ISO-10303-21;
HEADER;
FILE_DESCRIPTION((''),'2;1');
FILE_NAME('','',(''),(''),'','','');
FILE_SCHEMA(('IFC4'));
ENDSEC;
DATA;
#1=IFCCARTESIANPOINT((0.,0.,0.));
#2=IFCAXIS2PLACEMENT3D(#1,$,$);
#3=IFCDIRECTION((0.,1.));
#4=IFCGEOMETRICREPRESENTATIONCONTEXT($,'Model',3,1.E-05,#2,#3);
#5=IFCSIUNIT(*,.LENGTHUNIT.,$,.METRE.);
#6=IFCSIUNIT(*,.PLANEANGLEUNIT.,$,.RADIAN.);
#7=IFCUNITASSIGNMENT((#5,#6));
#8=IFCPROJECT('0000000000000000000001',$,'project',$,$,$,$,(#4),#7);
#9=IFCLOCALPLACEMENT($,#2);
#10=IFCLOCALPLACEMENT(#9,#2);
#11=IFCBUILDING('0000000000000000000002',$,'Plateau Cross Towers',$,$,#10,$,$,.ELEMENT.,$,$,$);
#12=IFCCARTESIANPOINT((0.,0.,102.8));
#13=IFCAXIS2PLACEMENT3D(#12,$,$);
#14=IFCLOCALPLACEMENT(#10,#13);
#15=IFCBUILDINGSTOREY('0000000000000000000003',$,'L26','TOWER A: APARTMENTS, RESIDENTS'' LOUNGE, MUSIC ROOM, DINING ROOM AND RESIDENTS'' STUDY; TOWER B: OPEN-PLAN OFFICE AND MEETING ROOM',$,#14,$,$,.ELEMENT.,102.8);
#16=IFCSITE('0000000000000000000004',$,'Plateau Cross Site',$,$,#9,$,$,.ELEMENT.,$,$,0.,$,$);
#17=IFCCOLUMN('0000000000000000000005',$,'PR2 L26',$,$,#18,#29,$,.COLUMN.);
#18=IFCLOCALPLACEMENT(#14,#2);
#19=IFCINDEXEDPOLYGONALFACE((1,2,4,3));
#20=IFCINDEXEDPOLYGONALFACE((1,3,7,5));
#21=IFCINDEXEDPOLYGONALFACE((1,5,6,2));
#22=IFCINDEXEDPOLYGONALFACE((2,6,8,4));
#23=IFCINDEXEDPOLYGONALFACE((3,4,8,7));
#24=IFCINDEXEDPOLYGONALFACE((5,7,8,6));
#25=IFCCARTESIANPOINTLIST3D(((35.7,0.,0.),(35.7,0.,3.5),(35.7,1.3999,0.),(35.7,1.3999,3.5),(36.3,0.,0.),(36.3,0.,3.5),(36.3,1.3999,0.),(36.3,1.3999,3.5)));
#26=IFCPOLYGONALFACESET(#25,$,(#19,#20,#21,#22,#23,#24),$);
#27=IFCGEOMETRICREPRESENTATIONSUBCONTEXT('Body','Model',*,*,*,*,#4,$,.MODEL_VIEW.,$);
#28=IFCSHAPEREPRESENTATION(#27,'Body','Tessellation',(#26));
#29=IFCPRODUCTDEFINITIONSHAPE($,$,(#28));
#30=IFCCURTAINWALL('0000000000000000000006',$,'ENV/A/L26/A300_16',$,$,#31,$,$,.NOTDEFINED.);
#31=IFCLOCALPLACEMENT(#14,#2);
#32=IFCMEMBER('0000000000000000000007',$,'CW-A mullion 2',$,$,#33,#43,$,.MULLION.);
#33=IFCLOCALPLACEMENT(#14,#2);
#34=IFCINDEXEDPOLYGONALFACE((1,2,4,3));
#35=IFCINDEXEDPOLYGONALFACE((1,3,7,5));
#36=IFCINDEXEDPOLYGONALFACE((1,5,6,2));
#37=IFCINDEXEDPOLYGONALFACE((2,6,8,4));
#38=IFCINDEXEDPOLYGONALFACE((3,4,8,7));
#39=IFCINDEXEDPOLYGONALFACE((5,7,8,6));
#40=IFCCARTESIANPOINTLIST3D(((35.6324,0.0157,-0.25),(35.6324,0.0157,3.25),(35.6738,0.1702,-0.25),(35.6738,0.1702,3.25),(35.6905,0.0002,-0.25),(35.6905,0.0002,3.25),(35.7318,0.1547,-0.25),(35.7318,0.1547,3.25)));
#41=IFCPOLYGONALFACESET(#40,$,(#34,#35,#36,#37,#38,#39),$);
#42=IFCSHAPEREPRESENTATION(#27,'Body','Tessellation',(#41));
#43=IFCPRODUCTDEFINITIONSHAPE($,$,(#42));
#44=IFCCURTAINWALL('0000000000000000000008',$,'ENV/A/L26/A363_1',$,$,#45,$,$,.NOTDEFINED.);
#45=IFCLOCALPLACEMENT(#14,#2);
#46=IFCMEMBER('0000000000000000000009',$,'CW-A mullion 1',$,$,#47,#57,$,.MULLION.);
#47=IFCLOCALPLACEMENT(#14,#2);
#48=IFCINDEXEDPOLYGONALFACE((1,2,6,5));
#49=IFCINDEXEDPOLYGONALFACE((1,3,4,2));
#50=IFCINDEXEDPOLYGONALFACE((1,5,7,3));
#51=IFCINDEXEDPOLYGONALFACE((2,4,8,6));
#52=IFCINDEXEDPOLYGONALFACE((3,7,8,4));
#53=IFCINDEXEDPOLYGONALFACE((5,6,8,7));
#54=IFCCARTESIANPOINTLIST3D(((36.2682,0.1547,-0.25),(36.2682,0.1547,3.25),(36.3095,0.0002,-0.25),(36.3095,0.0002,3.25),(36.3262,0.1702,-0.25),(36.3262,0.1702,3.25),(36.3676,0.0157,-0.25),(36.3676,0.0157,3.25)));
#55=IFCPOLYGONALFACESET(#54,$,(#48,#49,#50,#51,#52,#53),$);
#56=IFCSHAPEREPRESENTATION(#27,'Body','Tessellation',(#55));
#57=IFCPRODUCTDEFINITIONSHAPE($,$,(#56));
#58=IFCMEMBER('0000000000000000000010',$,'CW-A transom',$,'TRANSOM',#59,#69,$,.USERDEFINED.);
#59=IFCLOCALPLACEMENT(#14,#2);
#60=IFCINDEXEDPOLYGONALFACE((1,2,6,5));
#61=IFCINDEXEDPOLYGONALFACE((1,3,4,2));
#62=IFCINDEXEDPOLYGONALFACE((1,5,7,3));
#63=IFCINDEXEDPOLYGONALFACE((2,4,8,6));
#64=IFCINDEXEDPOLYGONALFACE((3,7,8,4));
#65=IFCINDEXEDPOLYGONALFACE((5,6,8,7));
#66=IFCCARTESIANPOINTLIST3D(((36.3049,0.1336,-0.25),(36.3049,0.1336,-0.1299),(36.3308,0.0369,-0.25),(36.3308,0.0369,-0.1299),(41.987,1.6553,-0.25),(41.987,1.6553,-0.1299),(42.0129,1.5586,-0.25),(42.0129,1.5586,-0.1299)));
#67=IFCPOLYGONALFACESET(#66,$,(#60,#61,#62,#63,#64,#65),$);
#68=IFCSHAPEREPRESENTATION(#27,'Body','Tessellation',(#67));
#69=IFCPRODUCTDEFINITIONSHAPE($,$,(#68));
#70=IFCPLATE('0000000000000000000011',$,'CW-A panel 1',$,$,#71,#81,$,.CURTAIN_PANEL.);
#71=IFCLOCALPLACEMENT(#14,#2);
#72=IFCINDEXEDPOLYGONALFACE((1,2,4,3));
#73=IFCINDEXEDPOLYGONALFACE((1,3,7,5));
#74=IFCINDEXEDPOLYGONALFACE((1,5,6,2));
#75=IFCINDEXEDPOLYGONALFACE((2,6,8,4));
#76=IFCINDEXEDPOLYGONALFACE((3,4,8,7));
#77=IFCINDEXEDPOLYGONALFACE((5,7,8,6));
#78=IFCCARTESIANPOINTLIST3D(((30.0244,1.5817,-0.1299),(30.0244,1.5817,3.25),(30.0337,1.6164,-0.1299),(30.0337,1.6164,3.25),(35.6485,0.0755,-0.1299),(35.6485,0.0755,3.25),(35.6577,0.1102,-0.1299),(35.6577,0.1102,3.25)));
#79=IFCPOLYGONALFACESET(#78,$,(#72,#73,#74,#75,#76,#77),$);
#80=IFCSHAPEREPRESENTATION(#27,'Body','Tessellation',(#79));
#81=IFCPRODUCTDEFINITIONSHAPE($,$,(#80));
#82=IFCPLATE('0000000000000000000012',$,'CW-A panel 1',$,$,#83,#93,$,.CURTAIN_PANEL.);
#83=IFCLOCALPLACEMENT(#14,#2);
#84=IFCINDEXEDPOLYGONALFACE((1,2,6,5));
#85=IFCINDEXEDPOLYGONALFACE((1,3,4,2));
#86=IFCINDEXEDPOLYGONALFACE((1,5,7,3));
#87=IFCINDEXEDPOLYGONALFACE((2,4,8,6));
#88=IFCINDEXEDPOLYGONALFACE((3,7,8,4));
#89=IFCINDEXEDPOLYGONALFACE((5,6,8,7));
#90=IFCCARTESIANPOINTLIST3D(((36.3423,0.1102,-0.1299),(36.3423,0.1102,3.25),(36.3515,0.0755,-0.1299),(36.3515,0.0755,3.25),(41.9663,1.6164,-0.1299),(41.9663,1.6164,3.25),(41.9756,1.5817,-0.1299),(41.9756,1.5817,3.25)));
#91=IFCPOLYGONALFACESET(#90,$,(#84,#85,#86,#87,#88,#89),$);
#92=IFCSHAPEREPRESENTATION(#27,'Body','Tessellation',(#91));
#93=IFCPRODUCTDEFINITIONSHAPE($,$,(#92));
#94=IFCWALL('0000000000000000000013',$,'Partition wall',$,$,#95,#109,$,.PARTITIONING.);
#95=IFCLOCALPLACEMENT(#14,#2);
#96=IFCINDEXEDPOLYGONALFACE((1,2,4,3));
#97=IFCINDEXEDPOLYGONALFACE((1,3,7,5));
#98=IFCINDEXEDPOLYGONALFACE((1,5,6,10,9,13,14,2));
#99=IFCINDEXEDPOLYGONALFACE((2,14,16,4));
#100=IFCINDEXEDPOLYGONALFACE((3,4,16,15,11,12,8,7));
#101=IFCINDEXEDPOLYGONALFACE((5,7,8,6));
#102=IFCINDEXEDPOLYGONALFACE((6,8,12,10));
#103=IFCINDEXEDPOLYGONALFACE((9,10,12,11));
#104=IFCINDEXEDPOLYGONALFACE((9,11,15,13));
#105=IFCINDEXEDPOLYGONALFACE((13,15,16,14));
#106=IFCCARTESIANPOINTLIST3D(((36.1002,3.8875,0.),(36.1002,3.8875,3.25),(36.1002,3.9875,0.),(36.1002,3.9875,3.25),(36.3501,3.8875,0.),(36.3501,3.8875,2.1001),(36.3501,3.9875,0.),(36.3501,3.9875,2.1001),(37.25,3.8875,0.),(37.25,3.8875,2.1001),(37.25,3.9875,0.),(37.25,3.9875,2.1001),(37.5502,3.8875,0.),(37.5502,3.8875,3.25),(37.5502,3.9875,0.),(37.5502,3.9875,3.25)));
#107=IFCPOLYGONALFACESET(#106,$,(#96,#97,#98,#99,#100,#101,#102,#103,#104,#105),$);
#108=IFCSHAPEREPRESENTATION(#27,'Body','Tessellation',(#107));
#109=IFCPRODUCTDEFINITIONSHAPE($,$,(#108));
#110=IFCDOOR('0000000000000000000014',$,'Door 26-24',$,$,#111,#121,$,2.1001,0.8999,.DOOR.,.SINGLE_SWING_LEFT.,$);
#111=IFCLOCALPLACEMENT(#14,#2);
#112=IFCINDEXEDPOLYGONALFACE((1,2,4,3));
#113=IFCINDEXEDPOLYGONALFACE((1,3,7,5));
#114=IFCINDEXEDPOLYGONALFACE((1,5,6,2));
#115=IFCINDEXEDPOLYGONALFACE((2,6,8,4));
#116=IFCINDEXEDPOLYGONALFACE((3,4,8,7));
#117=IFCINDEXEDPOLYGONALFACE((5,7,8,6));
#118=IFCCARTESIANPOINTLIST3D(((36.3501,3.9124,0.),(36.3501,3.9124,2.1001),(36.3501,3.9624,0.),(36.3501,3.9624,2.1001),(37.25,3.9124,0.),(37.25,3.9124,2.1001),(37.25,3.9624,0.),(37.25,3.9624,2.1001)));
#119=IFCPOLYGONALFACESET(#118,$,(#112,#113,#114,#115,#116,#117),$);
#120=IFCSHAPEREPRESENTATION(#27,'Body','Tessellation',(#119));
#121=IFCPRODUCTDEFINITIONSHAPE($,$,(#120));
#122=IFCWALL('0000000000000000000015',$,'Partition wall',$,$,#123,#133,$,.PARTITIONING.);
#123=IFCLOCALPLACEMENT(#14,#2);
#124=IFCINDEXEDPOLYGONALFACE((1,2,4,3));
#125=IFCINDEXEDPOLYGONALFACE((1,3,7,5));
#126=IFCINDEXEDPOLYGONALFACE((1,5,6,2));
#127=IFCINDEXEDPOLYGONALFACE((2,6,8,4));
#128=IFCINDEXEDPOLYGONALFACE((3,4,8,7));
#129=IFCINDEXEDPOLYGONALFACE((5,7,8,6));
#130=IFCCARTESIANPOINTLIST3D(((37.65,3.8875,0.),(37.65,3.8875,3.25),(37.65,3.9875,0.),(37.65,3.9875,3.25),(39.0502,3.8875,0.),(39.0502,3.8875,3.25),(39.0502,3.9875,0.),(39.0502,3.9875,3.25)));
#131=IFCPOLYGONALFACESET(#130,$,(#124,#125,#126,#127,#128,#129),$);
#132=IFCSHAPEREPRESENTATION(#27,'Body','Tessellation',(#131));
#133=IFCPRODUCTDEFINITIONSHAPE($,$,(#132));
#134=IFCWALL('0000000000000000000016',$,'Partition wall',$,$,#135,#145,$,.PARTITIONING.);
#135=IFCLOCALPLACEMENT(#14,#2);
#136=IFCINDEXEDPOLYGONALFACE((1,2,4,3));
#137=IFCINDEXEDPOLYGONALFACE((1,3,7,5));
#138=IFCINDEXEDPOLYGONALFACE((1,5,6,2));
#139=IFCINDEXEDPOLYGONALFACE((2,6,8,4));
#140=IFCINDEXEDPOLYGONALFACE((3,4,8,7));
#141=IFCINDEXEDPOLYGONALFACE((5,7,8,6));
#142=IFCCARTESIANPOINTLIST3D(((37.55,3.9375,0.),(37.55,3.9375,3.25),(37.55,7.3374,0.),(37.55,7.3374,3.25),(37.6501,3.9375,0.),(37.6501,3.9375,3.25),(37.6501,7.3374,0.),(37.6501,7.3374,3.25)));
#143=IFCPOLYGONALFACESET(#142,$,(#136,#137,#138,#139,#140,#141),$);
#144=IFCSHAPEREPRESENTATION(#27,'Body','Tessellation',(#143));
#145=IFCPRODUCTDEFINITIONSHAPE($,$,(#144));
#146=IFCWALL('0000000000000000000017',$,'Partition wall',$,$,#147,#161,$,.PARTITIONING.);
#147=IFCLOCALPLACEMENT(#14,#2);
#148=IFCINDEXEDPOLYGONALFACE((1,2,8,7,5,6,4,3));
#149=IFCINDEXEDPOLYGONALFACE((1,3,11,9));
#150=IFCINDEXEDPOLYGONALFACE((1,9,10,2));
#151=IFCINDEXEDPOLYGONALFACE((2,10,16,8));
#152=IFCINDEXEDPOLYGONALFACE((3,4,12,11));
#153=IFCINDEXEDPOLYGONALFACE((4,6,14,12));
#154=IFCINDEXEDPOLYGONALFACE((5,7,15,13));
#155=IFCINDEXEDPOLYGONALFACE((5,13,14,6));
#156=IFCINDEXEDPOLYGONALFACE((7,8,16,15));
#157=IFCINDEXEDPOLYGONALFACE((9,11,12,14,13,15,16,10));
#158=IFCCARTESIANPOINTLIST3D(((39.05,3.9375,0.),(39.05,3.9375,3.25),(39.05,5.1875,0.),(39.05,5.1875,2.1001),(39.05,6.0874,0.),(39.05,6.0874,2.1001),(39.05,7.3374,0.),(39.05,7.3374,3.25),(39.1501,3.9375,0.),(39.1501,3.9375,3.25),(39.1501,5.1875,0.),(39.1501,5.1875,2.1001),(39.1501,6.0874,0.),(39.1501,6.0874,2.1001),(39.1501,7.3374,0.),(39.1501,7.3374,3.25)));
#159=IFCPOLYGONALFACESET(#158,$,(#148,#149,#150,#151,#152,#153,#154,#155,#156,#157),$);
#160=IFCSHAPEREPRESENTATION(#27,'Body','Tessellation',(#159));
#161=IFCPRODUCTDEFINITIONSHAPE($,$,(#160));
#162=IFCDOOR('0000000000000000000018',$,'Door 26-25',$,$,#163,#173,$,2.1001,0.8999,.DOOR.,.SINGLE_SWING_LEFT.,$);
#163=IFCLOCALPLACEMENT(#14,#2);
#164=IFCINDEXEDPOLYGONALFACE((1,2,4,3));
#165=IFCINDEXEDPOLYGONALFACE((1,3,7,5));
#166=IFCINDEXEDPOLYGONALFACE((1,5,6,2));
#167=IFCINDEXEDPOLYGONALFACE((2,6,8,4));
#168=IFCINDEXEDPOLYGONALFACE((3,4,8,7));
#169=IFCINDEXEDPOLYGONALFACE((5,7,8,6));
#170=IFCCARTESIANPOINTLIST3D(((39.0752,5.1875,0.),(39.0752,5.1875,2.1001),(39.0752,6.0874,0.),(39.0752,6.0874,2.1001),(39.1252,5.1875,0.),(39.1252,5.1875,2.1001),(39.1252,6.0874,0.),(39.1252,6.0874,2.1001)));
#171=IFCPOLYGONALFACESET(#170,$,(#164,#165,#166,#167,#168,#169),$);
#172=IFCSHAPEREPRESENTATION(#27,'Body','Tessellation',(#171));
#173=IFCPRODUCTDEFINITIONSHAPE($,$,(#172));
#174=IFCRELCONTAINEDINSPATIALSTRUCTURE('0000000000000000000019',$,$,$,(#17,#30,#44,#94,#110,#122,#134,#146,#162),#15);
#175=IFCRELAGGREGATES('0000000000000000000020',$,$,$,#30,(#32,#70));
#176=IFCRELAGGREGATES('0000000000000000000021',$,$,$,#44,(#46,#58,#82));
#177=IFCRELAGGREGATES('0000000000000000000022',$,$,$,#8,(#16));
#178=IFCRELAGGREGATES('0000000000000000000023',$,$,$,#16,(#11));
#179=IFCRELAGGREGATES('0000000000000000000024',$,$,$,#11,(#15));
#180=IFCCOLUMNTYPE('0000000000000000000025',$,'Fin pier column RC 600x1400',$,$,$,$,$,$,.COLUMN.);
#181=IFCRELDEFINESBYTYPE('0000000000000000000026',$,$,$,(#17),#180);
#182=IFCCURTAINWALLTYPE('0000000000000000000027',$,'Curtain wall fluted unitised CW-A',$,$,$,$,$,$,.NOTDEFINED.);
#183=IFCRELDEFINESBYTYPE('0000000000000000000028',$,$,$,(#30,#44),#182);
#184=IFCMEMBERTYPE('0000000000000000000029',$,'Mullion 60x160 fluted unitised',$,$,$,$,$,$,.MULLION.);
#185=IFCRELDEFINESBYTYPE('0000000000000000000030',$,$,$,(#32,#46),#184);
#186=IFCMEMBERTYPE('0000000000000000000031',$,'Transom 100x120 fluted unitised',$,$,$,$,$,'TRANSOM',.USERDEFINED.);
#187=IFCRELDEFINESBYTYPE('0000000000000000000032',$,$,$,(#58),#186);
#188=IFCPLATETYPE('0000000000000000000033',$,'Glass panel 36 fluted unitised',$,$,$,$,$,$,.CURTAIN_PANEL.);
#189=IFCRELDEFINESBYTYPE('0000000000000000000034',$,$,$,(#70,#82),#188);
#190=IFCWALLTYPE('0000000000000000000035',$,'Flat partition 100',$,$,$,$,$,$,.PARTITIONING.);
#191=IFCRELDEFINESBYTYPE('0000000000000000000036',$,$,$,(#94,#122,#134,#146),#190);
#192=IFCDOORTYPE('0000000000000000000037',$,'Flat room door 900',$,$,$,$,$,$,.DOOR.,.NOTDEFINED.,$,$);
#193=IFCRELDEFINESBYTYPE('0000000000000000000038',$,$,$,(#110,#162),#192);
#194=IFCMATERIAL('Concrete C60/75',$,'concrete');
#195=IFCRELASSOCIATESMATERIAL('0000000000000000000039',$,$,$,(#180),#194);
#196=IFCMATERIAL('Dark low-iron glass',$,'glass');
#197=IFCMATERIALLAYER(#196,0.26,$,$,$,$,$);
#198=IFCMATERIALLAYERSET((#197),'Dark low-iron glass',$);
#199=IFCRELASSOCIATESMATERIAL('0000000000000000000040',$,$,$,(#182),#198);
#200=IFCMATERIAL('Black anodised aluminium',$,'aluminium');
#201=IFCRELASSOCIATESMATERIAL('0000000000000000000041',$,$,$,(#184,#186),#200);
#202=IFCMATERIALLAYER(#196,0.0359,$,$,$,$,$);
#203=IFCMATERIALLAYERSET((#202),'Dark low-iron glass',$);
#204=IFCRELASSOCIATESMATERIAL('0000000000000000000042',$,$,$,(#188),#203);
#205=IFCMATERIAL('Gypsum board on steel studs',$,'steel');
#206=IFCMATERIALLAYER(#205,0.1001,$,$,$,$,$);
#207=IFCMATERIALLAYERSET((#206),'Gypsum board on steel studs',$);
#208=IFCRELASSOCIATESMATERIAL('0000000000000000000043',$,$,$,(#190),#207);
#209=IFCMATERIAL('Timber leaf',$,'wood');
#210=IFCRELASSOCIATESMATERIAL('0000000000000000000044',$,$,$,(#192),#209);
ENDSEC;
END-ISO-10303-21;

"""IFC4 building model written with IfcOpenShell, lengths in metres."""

from ifc_helpers import new_model, si_unit, direction, frame, frame_2d, origin, origin_2d, place, context, subcontext, project, spatial, rectangle, extrude, material, layer, layer_set, material_profile, profile_set, type_object, element, fill, aggregate, save


model = new_model("IFC4")

# Units and contexts
model_context = context("Model", 3, precision=1e-05, world=origin(), true_north=direction((0.0, 1.0)))
body_context = subcontext(model_context, "Body", "Model", "MODEL_VIEW")
ifc_project = project(units=[si_unit("LENGTHUNIT", "METRE"), si_unit("PLANEANGLEUNIT", "RADIAN")], contexts=[model_context])

# Site, building, storey
site_placement = place(None, origin())
site = spatial("IfcSite", under=ifc_project, at=site_placement, Name="Plateau Cross Site", CompositionType="ELEMENT", RefElevation=0.0)
building_placement = place(site_placement, origin())
building = spatial("IfcBuilding", under=site, at=building_placement, Name="Plateau Cross Towers", CompositionType="ELEMENT")
storey_placement = place(building_placement, frame((0.0, 0.0, 102.8)))
storey = spatial("IfcBuildingStorey", under=building, at=storey_placement, Name="L26", Description="TOWER A: APARTMENTS, RESIDENTS' LOUNGE, MUSIC ROOM, DINING ROOM AND RESIDENTS' STUDY; TOWER B: OPEN-PLAN OFFICE AND MEETING ROOM", CompositionType="ELEMENT", Elevation=102.8)

# Column
ifc_material_1 = material(Name="Concrete C60/75", Category="concrete")
ifc_material_profile_1 = material_profile(ifc_material_1, rectangle(XDim=0.6001, YDim=1.3999, at=origin_2d()), Name="RC 600x1400")
ifc_profile_set_1 = profile_set([ifc_material_profile_1], Name="Concrete C60/75")
column_type = type_object("IfcColumnType", Name="Fin pier column RC 600x1400", PredefinedType="COLUMN", material=ifc_profile_set_1)
column_placement = place(storey_placement, frame((36.0, 0.7, 0.0), z_axis=(0.0, 0.0, 1.0), x_axis=(1.0, 0.0, 0.0)))
element("IfcColumn", 1, at=column_placement, inside=storey, type_object=column_type, Name="PR2 L26", PredefinedType="COLUMN", context=body_context, shape_type="SweptSolid", body=[
    extrude(rectangle(XDim=0.6001, YDim=1.3999, at=origin_2d()), origin(), (0.0, 0.0, 1.0), 3.5),
])

# Curtain wall, member
ifc_material_2 = material(Name="Dark low-iron glass", Category="glass")
ifc_layer_1 = layer(ifc_material_2, 0.26)
ifc_layer_set_1 = layer_set([ifc_layer_1], Name="Dark low-iron glass")
curtain_wall_type = type_object("IfcCurtainWallType", Name="Curtain wall fluted unitised CW-A", PredefinedType="NOTDEFINED", material=ifc_layer_set_1)
curtain_wall_1_placement = place(storey_placement, origin())
curtain_wall_1 = element("IfcCurtainWall", 2, at=curtain_wall_1_placement, inside=storey, type_object=curtain_wall_type, Name="ENV/A/L26/A300_16", PredefinedType="NOTDEFINED")
ifc_material_3 = material(Name="Black anodised aluminium", Category="aluminium")
ifc_material_profile_2 = material_profile(ifc_material_3, rectangle(XDim=0.0601, YDim=0.1599, at=origin_2d()), Name="MULLION 60x160")
ifc_profile_set_2 = profile_set([ifc_material_profile_2], Name="Black anodised aluminium")
member_type_1 = type_object("IfcMemberType", Name="Mullion 60x160 fluted unitised", PredefinedType="MULLION", material=ifc_profile_set_2)
member_1_placement = place(storey_placement, frame((35.6821, 0.0852, -0.25), z_axis=(0.0, 0.0, 1.0), x_axis=(0.965958, -0.258699, 0.0)))
member_1 = element("IfcMember", 3, at=member_1_placement, type_object=member_type_1, Name="CW-A mullion 2", PredefinedType="MULLION", context=body_context, shape_type="SweptSolid", body=[
    extrude(rectangle(XDim=0.0601, YDim=0.1599, at=origin_2d()), origin(), (0.0, 0.0, 1.0), 3.5),
])

# Curtain wall, members
curtain_wall_2_placement = place(storey_placement, origin())
curtain_wall_2 = element("IfcCurtainWall", 4, at=curtain_wall_2_placement, inside=storey, type_object=curtain_wall_type, Name="ENV/A/L26/A363_1", PredefinedType="NOTDEFINED")
member_2_placement = place(storey_placement, frame((36.3179, 0.0852, -0.25), z_axis=(0.0, 0.0, 1.0), x_axis=(0.965958, 0.258699, 0.0)))
member_2 = element("IfcMember", 5, at=member_2_placement, type_object=member_type_1, Name="CW-A mullion 1", PredefinedType="MULLION", context=body_context, shape_type="SweptSolid", body=[
    extrude(rectangle(XDim=0.0601, YDim=0.1599, at=origin_2d()), origin(), (0.0, 0.0, 1.0), 3.5),
])
ifc_material_profile_3 = material_profile(ifc_material_3, rectangle(XDim=0.1001, YDim=0.1201, at=origin_2d()), Name="TRANSOM 100x120")
ifc_profile_set_3 = profile_set([ifc_material_profile_3], Name="Black anodised aluminium")
member_type_2 = type_object("IfcMemberType", Name="Transom 100x120 fluted unitised", ElementType="TRANSOM", PredefinedType="USERDEFINED", material=ifc_profile_set_3)
member_3_placement = place(storey_placement, frame((36.3179, 0.0852, -0.1899), z_axis=(0.96596, 0.258693, 0.0), x_axis=(-0.258693, 0.96596, 0.0)))
member_3 = element("IfcMember", 6, at=member_3_placement, type_object=member_type_2, Name="CW-A transom", ObjectType="TRANSOM", PredefinedType="USERDEFINED", context=body_context, shape_type="SweptSolid", body=[
    extrude(rectangle(XDim=0.1001, YDim=0.1201, at=origin_2d()), origin(), (0.0, 0.0, 1.0), 5.8823),
])

# Plates
ifc_layer_2 = layer(ifc_material_2, 0.0359)
ifc_layer_set_2 = layer_set([ifc_layer_2], Name="Dark low-iron glass")
plate_type = type_object("IfcPlateType", Name="Glass panel 36 fluted unitised", PredefinedType="CURTAIN_PANEL", material=ifc_layer_set_2)
plate_1_placement = place(storey_placement, frame((32.8411, 0.8459, -0.1299), z_axis=(0.0, 0.0, 1.0), x_axis=(0.965958, -0.258699, 0.0)))
plate_1 = element("IfcPlate", 7, at=plate_1_placement, type_object=plate_type, Name="CW-A panel 1", PredefinedType="CURTAIN_PANEL", context=body_context, shape_type="SweptSolid", body=[
    extrude(rectangle(XDim=5.8223, YDim=0.0359, at=origin_2d()), origin(), (0.0, 0.0, 1.0), 3.3799),
])
aggregate(curtain_wall_1, [member_1, plate_1])
plate_2_placement = place(storey_placement, frame((39.1589, 0.8459, -0.1299), z_axis=(0.0, 0.0, 1.0), x_axis=(0.965958, 0.258699, 0.0)))
plate_2 = element("IfcPlate", 8, at=plate_2_placement, type_object=plate_type, Name="CW-A panel 1", PredefinedType="CURTAIN_PANEL", context=body_context, shape_type="SweptSolid", body=[
    extrude(rectangle(XDim=5.8223, YDim=0.0359, at=origin_2d()), origin(), (0.0, 0.0, 1.0), 3.3799),
])
aggregate(curtain_wall_2, [member_2, member_3, plate_2])

# Wall, opening, door
ifc_material_4 = material(Name="Gypsum board on steel studs", Category="steel")
ifc_layer_3 = layer(ifc_material_4, 0.1001)
ifc_layer_set_3 = layer_set([ifc_layer_3], Name="Gypsum board on steel studs")
wall_type_1 = type_object("IfcWallType", Name="Flat partition 100", PredefinedType="PARTITIONING", material=ifc_layer_set_3)
wall_1_placement = place(storey_placement, frame((36.1001, 3.9375, 0.0), z_axis=(0.0, 0.0, 1.0), x_axis=(1.0, 0.0, 0.0)))
wall_1 = element("IfcWall", 9, at=wall_1_placement, inside=storey, type_object=wall_type_1, Name="Partition wall", PredefinedType="PARTITIONING", context=body_context, shape_type="SweptSolid", body=[
    extrude(rectangle(XDim=1.45, YDim=0.1001, at=frame_2d((0.7251, 0.0))), origin(), (0.0, 0.0, 1.0), 3.25),
])
opening_1_placement = place(wall_1_placement, frame((0.25, 0.0, 0.0)))
opening_1 = element("IfcOpeningElement", 10, at=opening_1_placement, cuts=wall_1, PredefinedType="OPENING", context=body_context, shape_type="SweptSolid", body=[
    extrude(rectangle(XDim=0.8999, YDim=2.1001, at=frame_2d((0.45, 1.05))), frame((0.0, 0.0601, 0.0), z_axis=(0.0, -1.0, 0.0), x_axis=(1.0, 0.0, 0.0)), (0.0, 0.0, 1.0), 0.1201),
])
ifc_material_5 = material(Name="Timber leaf", Category="wood")
door_type = type_object("IfcDoorType", Name="Flat room door 900", OperationType="NOTDEFINED", PredefinedType="DOOR", material=ifc_material_5)
door_1_placement = place(opening_1_placement, origin())
door_1 = element("IfcDoor", 11, at=door_1_placement, inside=storey, type_object=door_type, Name="Door 26-24", OperationType="SINGLE_SWING_LEFT", OverallHeight=2.1001, OverallWidth=0.8999, PredefinedType="DOOR", context=body_context, shape_type="SweptSolid", body=[
    extrude(rectangle(XDim=0.8999, YDim=2.1001, at=frame_2d((0.45, 1.05))), frame((0.0, 0.0249, 0.0), z_axis=(0.0, -1.0, 0.0), x_axis=(1.0, 0.0, 0.0)), (0.0, 0.0, 1.0), 0.05),
])
fill(opening_1, door_1)

# Walls
wall_2_placement = place(storey_placement, frame((37.6499, 3.9375, 0.0), z_axis=(0.0, 0.0, 1.0), x_axis=(1.0, 0.0, 0.0)))
element("IfcWall", 12, at=wall_2_placement, inside=storey, type_object=wall_type_1, Name="Partition wall", PredefinedType="PARTITIONING", context=body_context, shape_type="SweptSolid", body=[
    extrude(rectangle(XDim=1.4001, YDim=0.1001, at=frame_2d((0.7002, 0.0))), origin(), (0.0, 0.0, 1.0), 3.25),
])
wall_3_placement = place(storey_placement, frame((37.6001, 3.9375, 0.0), z_axis=(0.0, 0.0, 1.0), x_axis=(0.0, 1.0, 0.0)))
element("IfcWall", 13, at=wall_3_placement, inside=storey, type_object=wall_type_1, Name="Partition wall", PredefinedType="PARTITIONING", context=body_context, shape_type="SweptSolid", body=[
    extrude(rectangle(XDim=3.3999, YDim=0.1001, at=frame_2d((1.7, 0.0))), origin(), (0.0, 0.0, 1.0), 3.25),
])

# Wall, opening, door
wall_4_placement = place(storey_placement, frame((39.1001, 3.9375, 0.0), z_axis=(0.0, 0.0, 1.0), x_axis=(0.0, 1.0, 0.0)))
wall_4 = element("IfcWall", 14, at=wall_4_placement, inside=storey, type_object=wall_type_1, Name="Partition wall", PredefinedType="PARTITIONING", context=body_context, shape_type="SweptSolid", body=[
    extrude(rectangle(XDim=3.3999, YDim=0.1001, at=frame_2d((1.7, 0.0))), origin(), (0.0, 0.0, 1.0), 3.25),
])
opening_2_placement = place(wall_4_placement, frame((1.25, 0.0, 0.0)))
opening_2 = element("IfcOpeningElement", 15, at=opening_2_placement, cuts=wall_4, PredefinedType="OPENING", context=body_context, shape_type="SweptSolid", body=[
    extrude(rectangle(XDim=0.8999, YDim=2.1001, at=frame_2d((0.45, 1.05))), frame((0.0, 0.0601, 0.0), z_axis=(0.0, -1.0, 0.0), x_axis=(1.0, 0.0, 0.0)), (0.0, 0.0, 1.0), 0.1201),
])
door_2_placement = place(opening_2_placement, origin())
door_2 = element("IfcDoor", 16, at=door_2_placement, inside=storey, type_object=door_type, Name="Door 26-25", OperationType="SINGLE_SWING_LEFT", OverallHeight=2.1001, OverallWidth=0.8999, PredefinedType="DOOR", context=body_context, shape_type="SweptSolid", body=[
    extrude(rectangle(XDim=0.8999, YDim=2.1001, at=frame_2d((0.45, 1.05))), frame((0.0, 0.0249, 0.0), z_axis=(0.0, -1.0, 0.0), x_axis=(1.0, 0.0, 0.0)), (0.0, 0.0, 1.0), 0.05),
])
fill(opening_2, door_2)

save(model, "model.ifc")
